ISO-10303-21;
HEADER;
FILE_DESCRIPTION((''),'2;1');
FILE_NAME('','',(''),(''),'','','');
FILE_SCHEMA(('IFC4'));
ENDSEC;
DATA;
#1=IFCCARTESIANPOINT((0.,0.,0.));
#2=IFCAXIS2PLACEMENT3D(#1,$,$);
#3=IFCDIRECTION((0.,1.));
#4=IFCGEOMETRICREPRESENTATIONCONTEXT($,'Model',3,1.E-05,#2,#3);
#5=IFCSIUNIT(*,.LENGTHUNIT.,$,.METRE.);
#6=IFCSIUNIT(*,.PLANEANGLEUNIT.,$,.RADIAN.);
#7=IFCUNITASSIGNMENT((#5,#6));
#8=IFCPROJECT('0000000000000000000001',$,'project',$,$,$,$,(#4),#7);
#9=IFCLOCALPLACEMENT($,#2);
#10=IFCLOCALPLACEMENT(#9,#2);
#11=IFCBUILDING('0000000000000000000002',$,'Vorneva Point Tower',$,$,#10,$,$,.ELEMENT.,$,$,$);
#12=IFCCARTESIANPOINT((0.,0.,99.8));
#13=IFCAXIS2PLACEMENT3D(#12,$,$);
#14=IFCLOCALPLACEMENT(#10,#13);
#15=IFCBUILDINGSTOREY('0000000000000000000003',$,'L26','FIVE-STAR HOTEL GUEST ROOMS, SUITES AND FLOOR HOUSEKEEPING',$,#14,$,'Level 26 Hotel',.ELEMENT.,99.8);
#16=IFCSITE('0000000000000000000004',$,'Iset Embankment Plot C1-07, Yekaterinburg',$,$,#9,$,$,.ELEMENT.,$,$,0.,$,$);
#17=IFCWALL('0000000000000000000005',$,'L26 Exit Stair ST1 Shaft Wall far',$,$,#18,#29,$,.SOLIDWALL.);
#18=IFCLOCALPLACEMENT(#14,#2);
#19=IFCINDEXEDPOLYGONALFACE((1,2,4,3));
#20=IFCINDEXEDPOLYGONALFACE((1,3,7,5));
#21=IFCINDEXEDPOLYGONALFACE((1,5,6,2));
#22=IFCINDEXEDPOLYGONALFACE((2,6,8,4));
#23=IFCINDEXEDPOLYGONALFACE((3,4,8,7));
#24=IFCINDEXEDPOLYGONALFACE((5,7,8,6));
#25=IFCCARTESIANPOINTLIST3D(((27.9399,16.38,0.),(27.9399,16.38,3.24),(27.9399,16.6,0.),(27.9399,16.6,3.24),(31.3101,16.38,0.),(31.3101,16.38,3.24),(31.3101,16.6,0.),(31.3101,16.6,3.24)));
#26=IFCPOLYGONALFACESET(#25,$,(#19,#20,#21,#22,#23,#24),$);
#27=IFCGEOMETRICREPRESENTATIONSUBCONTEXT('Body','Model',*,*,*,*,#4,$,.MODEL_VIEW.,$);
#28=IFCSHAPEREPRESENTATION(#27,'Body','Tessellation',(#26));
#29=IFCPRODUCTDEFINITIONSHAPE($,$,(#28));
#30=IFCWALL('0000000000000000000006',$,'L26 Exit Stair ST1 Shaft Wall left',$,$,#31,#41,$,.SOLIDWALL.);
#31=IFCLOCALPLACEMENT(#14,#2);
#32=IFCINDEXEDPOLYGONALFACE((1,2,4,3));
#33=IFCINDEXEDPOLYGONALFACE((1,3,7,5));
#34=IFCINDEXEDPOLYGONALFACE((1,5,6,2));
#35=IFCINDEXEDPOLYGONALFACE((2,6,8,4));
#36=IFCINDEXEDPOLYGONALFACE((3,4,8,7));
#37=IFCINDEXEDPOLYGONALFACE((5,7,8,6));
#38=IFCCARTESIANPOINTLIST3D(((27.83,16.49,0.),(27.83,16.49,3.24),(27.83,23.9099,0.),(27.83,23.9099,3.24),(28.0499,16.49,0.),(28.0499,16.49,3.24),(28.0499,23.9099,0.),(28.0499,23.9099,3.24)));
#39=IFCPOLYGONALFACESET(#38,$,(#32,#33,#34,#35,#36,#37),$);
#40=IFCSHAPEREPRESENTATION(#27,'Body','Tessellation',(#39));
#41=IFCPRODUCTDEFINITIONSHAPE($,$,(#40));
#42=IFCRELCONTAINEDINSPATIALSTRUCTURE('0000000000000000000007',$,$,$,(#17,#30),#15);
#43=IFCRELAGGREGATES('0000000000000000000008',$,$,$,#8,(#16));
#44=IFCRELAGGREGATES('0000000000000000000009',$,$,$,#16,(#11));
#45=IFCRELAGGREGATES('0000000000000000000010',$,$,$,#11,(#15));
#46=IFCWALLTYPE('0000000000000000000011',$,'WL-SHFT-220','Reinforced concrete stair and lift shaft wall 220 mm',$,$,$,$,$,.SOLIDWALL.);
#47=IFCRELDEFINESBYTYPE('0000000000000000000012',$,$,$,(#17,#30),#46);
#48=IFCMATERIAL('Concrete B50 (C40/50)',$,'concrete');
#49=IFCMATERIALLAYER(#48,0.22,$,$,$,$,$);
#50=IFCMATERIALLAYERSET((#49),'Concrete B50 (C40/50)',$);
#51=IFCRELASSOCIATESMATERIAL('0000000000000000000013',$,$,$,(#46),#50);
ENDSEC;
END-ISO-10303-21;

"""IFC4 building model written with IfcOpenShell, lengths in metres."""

from ifc_helpers import new_model, si_unit, direction, frame, frame_2d, origin, place, context, subcontext, project, spatial, rectangle, extrude, material, layer, layer_set, type_object, element, save


model = new_model("IFC4")

# Units and contexts
model_context = context("Model", 3, precision=1e-05, world=origin(), true_north=direction((0.0, 1.0)))
body_context = subcontext(model_context, "Body", "Model", "MODEL_VIEW")
ifc_project = project(units=[si_unit("LENGTHUNIT", "METRE"), si_unit("PLANEANGLEUNIT", "RADIAN")], contexts=[model_context])

# Site, building, storey
site_placement = place(None, origin())
site = spatial("IfcSite", under=ifc_project, at=site_placement, Name="Iset Embankment Plot C1-07, Yekaterinburg", CompositionType="ELEMENT", RefElevation=0.0)
building_placement = place(site_placement, origin())
building = spatial("IfcBuilding", under=site, at=building_placement, Name="Vorneva Point Tower", CompositionType="ELEMENT")
storey_placement = place(building_placement, frame((0.0, 0.0, 99.8)))
storey = spatial("IfcBuildingStorey", under=building, at=storey_placement, Name="L26", Description="FIVE-STAR HOTEL GUEST ROOMS, SUITES AND FLOOR HOUSEKEEPING", LongName="Level 26 Hotel", CompositionType="ELEMENT", Elevation=99.8)

# Walls
ifc_material_1 = material(Name="Concrete B50 (C40/50)", Category="concrete")
ifc_layer_1 = layer(ifc_material_1, 0.22)
ifc_layer_set_1 = layer_set([ifc_layer_1], Name="Concrete B50 (C40/50)")
wall_type_1 = type_object("IfcWallType", Name="WL-SHFT-220", Description="Reinforced concrete stair and lift shaft wall 220 mm", PredefinedType="SOLIDWALL", material=ifc_layer_set_1)
wall_1_placement = place(storey_placement, frame((31.3101, 16.49, 0.0), z_axis=(0.0, 0.0, 1.0), x_axis=(-1.0, 0.0, 0.0)))
element("IfcWall", 1, at=wall_1_placement, inside=storey, type_object=wall_type_1, Name="L26 Exit Stair ST1 Shaft Wall far", PredefinedType="SOLIDWALL", context=body_context, shape_type="SweptSolid", body=[
    extrude(rectangle(XDim=3.3701, YDim=0.22, at=frame_2d((1.6851, 0.0))), origin(), (0.0, 0.0, 1.0), 3.24),
])
wall_2_placement = place(storey_placement, frame((27.9399, 16.49, 0.0), z_axis=(0.0, 0.0, 1.0), x_axis=(0.0, 1.0, 0.0)))
element("IfcWall", 2, at=wall_2_placement, inside=storey, type_object=wall_type_1, Name="L26 Exit Stair ST1 Shaft Wall left", PredefinedType="SOLIDWALL", context=body_context, shape_type="SweptSolid", body=[
    extrude(rectangle(XDim=7.4199, YDim=0.22, at=frame_2d((3.71, 0.0))), origin(), (0.0, 0.0, 1.0), 3.24),
])

save(model, "model.ifc")
